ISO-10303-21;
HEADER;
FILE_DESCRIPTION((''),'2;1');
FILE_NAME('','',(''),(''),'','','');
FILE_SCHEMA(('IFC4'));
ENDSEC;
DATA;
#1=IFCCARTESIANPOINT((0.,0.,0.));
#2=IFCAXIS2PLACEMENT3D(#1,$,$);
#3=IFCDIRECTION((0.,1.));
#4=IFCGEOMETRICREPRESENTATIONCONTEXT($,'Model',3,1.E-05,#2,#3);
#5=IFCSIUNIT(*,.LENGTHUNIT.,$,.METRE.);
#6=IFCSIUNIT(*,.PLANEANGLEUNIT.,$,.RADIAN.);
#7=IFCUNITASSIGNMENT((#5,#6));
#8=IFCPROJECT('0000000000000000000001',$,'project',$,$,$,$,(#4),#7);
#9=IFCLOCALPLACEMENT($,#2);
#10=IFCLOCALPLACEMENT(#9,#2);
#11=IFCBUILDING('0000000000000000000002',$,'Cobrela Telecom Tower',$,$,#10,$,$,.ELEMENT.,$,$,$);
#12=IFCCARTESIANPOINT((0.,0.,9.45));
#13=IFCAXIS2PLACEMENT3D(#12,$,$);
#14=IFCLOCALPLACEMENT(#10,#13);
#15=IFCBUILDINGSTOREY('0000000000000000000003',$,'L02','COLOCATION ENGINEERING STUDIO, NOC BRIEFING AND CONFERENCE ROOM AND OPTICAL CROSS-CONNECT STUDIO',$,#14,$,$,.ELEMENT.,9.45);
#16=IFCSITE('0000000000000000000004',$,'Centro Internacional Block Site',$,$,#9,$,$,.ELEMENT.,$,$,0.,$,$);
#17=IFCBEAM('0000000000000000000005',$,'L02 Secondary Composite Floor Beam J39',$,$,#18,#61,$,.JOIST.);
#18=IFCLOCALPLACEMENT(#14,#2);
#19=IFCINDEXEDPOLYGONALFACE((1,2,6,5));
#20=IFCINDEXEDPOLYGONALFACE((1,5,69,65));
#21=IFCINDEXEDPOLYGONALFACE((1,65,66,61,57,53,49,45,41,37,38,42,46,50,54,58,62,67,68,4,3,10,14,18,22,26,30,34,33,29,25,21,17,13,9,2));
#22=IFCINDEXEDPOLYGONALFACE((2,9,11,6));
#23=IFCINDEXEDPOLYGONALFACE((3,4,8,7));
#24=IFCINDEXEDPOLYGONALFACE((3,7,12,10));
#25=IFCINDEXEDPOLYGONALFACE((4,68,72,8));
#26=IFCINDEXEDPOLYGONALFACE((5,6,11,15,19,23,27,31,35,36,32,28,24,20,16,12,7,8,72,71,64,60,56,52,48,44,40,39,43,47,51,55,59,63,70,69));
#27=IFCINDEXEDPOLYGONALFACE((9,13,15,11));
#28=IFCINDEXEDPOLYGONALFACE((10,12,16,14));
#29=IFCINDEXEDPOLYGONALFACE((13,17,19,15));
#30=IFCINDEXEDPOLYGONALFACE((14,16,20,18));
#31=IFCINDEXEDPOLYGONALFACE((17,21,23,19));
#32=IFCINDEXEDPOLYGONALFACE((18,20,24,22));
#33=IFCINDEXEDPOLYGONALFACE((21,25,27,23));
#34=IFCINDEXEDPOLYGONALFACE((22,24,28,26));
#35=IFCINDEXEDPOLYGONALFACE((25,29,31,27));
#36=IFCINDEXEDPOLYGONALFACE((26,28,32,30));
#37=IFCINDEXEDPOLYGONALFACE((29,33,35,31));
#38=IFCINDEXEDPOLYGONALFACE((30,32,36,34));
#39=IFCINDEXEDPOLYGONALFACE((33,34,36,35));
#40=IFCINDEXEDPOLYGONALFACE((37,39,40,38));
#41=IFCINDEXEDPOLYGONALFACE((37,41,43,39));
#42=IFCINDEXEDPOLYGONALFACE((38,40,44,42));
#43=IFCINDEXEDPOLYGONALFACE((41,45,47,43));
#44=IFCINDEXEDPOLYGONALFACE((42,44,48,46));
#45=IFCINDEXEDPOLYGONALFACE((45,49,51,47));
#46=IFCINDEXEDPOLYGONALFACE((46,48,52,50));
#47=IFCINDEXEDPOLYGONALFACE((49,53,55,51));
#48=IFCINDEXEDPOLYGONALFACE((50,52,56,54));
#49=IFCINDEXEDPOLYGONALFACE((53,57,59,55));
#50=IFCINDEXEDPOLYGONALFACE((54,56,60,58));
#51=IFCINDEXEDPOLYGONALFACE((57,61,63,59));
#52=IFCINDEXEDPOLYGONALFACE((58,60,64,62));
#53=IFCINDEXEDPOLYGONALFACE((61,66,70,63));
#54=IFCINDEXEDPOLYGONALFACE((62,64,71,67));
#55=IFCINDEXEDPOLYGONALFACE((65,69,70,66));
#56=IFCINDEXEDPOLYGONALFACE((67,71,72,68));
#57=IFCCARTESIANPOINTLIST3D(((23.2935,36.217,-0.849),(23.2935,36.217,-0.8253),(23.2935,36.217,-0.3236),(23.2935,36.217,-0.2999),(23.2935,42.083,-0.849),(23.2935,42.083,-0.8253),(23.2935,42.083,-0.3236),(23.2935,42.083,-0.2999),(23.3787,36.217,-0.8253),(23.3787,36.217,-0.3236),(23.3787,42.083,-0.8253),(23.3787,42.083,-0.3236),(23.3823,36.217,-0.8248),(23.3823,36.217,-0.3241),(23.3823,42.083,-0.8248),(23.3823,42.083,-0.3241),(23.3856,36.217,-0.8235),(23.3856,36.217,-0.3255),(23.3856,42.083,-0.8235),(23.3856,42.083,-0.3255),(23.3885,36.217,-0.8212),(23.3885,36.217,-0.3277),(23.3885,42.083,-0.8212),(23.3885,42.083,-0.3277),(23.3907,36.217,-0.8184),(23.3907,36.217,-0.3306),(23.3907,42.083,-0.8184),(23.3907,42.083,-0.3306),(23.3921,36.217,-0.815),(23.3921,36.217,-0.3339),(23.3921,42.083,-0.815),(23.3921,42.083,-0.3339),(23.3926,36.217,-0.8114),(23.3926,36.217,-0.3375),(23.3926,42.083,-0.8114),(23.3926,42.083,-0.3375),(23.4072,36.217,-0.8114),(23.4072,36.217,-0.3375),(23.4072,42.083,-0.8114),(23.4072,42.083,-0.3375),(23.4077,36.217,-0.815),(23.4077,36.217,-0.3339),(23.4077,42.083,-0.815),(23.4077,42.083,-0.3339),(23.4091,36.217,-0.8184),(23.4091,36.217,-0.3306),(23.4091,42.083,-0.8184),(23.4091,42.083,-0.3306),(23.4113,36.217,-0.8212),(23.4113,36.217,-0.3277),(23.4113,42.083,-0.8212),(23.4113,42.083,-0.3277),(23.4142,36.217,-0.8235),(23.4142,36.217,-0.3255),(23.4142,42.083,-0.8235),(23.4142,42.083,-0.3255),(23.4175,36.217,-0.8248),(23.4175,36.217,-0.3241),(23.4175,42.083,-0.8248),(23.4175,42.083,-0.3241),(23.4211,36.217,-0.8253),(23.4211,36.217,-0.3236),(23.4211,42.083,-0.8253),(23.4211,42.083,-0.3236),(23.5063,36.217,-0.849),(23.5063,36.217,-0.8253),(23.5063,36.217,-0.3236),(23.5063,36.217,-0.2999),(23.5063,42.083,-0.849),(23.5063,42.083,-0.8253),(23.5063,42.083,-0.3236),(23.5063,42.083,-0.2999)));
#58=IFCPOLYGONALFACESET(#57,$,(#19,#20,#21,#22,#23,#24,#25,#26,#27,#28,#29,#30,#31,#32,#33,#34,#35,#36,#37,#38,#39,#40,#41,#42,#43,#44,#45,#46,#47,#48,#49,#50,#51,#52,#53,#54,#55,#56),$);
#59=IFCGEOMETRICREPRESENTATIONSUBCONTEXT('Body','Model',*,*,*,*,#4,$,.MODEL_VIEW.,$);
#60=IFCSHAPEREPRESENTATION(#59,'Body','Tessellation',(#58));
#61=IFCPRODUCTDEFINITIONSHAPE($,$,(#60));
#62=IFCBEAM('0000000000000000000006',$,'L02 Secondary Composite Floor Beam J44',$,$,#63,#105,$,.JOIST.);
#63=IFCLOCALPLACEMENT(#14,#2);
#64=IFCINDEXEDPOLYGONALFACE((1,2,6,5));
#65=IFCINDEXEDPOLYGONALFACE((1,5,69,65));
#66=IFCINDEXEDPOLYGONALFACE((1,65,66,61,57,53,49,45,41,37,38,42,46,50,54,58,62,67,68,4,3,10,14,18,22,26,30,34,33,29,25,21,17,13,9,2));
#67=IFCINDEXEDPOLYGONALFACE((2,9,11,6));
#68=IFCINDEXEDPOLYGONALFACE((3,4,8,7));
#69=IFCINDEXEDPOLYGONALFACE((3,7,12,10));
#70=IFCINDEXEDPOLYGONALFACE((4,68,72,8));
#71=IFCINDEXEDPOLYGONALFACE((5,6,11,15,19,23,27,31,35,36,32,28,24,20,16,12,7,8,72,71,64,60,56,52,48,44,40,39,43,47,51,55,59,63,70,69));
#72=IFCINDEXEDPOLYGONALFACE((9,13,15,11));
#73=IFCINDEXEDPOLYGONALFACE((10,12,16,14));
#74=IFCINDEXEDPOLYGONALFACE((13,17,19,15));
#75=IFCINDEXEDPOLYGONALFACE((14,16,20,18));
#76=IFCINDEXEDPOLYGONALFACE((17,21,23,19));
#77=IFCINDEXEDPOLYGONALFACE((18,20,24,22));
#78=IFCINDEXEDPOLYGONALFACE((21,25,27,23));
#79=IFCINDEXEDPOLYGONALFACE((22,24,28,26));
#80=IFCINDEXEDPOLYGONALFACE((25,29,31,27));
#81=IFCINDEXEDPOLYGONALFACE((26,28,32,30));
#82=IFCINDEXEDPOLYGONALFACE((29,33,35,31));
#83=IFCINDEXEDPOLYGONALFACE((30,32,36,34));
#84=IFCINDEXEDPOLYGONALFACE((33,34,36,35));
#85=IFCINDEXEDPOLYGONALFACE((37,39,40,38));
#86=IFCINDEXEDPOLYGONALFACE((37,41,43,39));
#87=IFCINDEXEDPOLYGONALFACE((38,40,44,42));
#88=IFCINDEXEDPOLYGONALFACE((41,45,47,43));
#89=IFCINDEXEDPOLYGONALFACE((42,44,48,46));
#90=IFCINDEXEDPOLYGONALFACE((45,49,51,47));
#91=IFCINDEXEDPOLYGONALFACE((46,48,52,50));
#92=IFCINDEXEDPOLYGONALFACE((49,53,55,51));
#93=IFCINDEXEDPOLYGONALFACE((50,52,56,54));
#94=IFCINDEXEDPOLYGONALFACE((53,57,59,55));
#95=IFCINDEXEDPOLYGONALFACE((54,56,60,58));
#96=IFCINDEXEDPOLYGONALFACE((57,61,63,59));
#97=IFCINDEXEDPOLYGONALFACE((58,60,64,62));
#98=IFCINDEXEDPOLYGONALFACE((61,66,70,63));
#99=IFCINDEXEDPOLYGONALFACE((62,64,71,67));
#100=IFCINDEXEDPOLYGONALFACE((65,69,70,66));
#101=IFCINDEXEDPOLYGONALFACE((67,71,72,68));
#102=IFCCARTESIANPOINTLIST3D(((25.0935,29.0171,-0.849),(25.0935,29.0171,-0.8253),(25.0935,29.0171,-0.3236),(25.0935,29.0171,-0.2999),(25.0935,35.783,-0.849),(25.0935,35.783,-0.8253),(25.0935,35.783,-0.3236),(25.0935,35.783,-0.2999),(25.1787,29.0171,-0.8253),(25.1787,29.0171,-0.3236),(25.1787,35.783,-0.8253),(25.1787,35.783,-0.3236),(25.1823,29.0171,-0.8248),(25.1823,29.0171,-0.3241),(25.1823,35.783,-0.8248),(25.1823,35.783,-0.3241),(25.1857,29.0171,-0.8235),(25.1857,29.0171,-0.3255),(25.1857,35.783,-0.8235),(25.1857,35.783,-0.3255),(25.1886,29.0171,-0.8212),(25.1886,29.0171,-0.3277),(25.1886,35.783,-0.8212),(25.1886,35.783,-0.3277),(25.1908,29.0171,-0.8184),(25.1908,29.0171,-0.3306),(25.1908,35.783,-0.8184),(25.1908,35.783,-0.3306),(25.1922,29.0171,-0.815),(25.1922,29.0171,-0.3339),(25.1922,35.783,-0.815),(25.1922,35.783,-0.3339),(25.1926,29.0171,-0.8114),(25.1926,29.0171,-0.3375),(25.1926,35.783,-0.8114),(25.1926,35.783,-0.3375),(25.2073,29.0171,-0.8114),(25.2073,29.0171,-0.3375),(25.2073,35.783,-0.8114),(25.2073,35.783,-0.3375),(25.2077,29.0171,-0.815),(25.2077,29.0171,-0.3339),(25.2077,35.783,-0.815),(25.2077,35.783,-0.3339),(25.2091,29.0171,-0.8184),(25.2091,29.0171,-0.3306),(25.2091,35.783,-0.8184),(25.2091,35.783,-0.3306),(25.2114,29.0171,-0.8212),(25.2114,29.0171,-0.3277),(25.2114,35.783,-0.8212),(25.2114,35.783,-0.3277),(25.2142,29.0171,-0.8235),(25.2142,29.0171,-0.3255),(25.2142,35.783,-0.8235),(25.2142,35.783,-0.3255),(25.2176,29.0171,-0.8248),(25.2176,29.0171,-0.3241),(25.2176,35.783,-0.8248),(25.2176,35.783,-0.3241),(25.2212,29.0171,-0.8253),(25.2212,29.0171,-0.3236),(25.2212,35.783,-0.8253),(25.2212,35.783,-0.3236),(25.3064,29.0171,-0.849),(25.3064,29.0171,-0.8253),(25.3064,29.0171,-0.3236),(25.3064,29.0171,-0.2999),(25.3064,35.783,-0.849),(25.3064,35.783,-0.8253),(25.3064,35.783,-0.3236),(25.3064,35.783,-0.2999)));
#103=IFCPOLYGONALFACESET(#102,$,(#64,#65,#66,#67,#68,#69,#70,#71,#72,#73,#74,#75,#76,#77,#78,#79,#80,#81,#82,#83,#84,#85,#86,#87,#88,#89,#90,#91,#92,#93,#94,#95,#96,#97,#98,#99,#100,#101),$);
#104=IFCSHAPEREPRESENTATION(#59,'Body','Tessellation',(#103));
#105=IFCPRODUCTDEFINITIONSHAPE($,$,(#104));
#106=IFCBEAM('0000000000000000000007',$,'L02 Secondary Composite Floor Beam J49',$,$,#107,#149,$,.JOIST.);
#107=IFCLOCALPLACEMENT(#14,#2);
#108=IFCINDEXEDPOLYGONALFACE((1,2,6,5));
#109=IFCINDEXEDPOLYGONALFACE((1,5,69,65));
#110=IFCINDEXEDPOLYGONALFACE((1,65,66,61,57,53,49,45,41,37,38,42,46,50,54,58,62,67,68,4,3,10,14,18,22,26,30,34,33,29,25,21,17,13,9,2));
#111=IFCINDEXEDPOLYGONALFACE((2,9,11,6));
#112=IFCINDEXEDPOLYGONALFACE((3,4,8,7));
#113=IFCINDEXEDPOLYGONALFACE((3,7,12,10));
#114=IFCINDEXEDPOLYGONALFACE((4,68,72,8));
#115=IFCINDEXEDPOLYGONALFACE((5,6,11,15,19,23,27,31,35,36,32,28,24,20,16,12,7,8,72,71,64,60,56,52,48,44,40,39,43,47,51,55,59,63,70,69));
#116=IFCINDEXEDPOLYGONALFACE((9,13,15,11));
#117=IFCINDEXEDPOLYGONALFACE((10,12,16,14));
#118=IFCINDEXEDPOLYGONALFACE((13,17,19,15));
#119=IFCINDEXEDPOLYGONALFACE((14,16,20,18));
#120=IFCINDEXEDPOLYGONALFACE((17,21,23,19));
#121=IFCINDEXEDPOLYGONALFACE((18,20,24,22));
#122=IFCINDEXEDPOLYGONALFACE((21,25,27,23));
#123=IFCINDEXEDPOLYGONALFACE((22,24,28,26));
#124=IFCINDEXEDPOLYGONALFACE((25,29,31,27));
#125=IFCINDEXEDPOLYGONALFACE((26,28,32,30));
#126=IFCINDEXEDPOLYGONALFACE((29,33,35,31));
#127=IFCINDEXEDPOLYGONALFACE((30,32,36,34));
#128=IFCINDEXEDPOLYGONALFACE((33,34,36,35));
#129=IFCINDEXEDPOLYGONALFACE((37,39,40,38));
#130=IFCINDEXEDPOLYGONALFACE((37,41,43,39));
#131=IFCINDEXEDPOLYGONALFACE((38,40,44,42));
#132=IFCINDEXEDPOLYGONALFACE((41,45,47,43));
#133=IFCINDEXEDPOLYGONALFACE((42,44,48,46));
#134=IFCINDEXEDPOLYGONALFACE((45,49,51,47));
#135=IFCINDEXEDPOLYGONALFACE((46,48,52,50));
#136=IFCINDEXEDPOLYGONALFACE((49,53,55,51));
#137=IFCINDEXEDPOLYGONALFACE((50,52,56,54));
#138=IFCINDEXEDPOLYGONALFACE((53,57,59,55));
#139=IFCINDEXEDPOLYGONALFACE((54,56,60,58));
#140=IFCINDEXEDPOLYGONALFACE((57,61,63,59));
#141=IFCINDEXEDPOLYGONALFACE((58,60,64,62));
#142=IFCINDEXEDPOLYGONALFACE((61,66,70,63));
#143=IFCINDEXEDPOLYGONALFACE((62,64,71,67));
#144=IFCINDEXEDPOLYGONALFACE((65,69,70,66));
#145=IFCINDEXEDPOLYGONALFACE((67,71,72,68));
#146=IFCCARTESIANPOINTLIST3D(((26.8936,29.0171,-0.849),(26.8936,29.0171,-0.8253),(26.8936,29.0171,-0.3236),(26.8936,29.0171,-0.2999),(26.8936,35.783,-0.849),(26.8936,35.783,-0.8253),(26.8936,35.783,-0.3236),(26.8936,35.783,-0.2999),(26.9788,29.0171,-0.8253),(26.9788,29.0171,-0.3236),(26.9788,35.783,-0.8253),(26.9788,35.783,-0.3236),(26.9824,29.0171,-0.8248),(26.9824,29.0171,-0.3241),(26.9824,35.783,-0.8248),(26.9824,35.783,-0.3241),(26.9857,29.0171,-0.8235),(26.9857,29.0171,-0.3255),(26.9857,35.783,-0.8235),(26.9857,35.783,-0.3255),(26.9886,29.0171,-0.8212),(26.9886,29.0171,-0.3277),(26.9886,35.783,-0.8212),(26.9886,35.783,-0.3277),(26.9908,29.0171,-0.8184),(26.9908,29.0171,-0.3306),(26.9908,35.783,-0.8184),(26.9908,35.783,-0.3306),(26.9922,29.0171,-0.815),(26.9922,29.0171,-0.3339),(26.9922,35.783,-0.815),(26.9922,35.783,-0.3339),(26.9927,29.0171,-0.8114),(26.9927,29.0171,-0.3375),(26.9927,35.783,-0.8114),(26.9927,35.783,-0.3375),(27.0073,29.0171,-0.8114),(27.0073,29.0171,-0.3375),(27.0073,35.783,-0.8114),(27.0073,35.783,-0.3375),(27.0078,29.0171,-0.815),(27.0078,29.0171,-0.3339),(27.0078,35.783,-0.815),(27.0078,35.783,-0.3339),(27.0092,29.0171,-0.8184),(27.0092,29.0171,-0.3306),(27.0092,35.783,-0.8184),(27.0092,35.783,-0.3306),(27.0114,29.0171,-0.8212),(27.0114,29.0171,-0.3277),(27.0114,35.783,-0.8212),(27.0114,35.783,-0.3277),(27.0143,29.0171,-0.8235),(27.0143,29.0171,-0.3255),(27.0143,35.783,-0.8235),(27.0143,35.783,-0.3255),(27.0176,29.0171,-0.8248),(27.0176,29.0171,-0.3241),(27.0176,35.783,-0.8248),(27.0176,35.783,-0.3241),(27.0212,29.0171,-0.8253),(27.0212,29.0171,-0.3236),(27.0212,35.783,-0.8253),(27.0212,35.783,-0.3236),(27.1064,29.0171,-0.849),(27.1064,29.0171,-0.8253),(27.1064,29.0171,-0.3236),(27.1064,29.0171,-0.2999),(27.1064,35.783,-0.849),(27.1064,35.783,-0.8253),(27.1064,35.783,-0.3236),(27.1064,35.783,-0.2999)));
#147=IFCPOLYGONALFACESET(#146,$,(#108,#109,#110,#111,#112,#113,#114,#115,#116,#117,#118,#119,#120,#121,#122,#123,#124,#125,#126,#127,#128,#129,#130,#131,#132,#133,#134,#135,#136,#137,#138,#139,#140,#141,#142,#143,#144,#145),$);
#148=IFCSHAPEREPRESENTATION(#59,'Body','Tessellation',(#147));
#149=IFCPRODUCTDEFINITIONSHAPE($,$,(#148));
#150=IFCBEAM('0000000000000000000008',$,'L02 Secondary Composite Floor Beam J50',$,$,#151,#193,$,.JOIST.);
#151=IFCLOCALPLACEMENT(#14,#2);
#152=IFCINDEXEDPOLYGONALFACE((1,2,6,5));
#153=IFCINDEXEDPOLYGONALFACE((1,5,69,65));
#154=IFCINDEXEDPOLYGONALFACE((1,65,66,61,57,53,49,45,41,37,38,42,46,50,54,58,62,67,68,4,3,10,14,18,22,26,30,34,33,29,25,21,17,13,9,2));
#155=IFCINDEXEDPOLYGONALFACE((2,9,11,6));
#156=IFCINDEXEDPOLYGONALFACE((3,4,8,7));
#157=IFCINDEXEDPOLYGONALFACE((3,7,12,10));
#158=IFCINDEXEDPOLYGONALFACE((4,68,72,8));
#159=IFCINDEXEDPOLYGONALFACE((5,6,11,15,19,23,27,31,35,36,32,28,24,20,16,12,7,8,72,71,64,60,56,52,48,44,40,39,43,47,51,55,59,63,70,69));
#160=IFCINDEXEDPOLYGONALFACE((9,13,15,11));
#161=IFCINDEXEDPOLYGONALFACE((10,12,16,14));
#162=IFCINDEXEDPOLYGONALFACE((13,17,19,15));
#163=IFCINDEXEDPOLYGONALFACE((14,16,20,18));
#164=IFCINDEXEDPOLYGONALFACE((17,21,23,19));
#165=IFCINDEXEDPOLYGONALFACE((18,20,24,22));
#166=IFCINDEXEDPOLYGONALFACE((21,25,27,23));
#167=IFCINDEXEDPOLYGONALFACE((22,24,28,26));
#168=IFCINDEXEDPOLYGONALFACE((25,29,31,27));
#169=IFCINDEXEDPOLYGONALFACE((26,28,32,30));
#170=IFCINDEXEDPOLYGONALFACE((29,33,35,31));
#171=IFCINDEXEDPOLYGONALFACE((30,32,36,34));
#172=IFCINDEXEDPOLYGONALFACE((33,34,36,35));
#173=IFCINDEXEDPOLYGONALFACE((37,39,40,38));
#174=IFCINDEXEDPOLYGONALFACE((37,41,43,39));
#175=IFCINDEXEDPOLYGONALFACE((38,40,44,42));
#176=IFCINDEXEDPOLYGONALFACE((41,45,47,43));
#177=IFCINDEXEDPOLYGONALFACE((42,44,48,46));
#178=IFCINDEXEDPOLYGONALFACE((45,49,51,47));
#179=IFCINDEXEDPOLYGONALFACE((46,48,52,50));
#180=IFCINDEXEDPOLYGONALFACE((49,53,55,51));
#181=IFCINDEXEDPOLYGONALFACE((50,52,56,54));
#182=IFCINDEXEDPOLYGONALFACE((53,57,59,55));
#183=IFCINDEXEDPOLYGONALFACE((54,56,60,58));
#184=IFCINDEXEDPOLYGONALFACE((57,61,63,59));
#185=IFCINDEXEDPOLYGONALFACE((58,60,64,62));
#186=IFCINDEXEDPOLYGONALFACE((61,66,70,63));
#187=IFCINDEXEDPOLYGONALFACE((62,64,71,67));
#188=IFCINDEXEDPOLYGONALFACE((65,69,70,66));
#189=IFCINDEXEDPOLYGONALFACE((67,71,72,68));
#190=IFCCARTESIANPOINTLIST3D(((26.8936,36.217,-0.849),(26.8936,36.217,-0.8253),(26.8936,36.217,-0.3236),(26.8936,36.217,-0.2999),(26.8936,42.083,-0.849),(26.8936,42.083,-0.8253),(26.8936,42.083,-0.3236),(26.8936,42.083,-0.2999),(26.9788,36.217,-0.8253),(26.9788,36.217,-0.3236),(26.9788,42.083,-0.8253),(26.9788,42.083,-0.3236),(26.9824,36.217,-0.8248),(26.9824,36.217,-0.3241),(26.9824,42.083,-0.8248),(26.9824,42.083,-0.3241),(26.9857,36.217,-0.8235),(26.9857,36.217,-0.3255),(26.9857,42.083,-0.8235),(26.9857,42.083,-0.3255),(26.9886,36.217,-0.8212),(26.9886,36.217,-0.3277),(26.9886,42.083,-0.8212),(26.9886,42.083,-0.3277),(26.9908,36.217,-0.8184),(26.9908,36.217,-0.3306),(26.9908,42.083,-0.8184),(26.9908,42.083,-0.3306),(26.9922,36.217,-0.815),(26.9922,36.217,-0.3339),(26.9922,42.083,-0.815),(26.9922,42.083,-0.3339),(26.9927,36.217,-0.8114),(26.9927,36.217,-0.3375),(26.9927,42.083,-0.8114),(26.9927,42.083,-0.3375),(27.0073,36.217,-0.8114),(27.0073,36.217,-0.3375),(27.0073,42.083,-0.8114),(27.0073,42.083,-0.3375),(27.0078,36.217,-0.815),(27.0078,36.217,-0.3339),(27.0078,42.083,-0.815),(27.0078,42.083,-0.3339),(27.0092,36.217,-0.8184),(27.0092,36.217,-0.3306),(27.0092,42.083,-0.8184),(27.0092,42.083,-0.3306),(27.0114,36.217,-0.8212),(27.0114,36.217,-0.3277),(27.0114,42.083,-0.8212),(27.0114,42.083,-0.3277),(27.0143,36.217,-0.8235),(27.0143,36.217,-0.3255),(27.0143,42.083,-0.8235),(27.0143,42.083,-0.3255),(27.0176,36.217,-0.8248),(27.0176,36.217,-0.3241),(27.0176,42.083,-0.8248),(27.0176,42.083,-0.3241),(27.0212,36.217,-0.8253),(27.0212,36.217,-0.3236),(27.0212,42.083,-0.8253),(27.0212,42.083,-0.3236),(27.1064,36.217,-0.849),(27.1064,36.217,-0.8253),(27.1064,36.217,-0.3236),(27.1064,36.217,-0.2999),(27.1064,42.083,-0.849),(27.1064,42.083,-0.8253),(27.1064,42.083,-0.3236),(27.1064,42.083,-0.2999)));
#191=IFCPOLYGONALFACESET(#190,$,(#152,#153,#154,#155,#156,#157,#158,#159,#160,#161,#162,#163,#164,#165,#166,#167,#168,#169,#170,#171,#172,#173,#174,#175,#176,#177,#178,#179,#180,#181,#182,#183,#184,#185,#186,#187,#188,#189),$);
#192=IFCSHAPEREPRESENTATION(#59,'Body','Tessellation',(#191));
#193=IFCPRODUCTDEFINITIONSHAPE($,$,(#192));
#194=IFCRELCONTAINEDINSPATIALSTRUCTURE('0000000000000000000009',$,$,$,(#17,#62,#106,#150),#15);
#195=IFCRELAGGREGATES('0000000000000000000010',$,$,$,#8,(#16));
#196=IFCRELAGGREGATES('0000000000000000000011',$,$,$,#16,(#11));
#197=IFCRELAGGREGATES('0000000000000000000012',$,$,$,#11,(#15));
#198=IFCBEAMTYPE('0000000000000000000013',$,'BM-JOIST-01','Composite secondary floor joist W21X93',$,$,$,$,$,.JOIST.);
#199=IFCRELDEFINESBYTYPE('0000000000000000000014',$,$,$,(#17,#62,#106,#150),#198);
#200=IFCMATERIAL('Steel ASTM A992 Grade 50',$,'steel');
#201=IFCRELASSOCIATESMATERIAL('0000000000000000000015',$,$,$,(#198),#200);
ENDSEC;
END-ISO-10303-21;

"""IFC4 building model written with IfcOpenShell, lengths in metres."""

from ifc_helpers import new_model, si_unit, direction, frame, origin, origin_2d, place, context, subcontext, project, spatial, i_section, extrude, material, material_profile, profile_set, type_object, element, save


model = new_model("IFC4")

# Units and contexts
model_context = context("Model", 3, precision=1e-05, world=origin(), true_north=direction((0.0, 1.0)))
body_context = subcontext(model_context, "Body", "Model", "MODEL_VIEW")
ifc_project = project(units=[si_unit("LENGTHUNIT", "METRE"), si_unit("PLANEANGLEUNIT", "RADIAN")], contexts=[model_context])

# Site, building, storey
site_placement = place(None, origin())
site = spatial("IfcSite", under=ifc_project, at=site_placement, Name="Centro Internacional Block Site", CompositionType="ELEMENT", RefElevation=0.0)
building_placement = place(site_placement, origin())
building = spatial("IfcBuilding", under=site, at=building_placement, Name="Cobrela Telecom Tower", CompositionType="ELEMENT")
storey_placement = place(building_placement, frame((0.0, 0.0, 9.45)))
storey = spatial("IfcBuildingStorey", under=building, at=storey_placement, Name="L02", Description="COLOCATION ENGINEERING STUDIO, NOC BRIEFING AND CONFERENCE ROOM AND OPTICAL CROSS-CONNECT STUDIO", CompositionType="ELEMENT", Elevation=9.45)

# Beams
ifc_material_1 = material(Name="Steel ASTM A992 Grade 50", Category="steel")
ifc_material_profile_1 = material_profile(ifc_material_1, i_section(OverallWidth=0.2129, OverallDepth=0.5491, WebThickness=0.0146, FlangeThickness=0.0237, FilletRadius=0.0139, at=origin_2d()), Name="W21X93")
ifc_profile_set_1 = profile_set([ifc_material_profile_1], Name="Steel ASTM A992 Grade 50")
beam_type_1 = type_object("IfcBeamType", Name="BM-JOIST-01", Description="Composite secondary floor joist W21X93", PredefinedType="JOIST", material=ifc_profile_set_1)
beam_1_placement = place(storey_placement, frame((23.3999, 36.217, -0.5745), z_axis=(0.0, 1.0, 0.0), x_axis=(-1.0, 0.0, 0.0)))
element("IfcBeam", 1, at=beam_1_placement, inside=storey, type_object=beam_type_1, Name="L02 Secondary Composite Floor Beam J39", PredefinedType="JOIST", context=body_context, shape_type="SweptSolid", body=[
    extrude(i_section(OverallWidth=0.2129, OverallDepth=0.5491, WebThickness=0.0146, FlangeThickness=0.0237, FilletRadius=0.0139, at=origin_2d()), origin(), (0.0, 0.0, 1.0), 5.866),
])
for number, where, z_axis, x_axis, name in (
    (2, (25.2, 29.0171, -0.5745), (0.0, 1.0, 0.0), (-1.0, 0.0, 0.0), "L02 Secondary Composite Floor Beam J44"),
    (3, (27.0, 29.0171, -0.5745), (0.0, 1.0, 0.0), (-1.0, 0.0, 0.0), "L02 Secondary Composite Floor Beam J49"),
):
    element("IfcBeam", number, at=place(storey_placement, frame(where, z_axis=z_axis, x_axis=x_axis)), inside=storey, type_object=beam_type_1, Name=name, PredefinedType="JOIST", context=body_context, shape_type="SweptSolid", body=[
        extrude(i_section(OverallWidth=0.2129, OverallDepth=0.5491, WebThickness=0.0146, FlangeThickness=0.0237, FilletRadius=0.0139, at=origin_2d()), origin(), (0.0, 0.0, 1.0), 6.7659),
    ])
beam_2_placement = place(storey_placement, frame((27.0, 36.217, -0.5745), z_axis=(0.0, 1.0, 0.0), x_axis=(-1.0, 0.0, 0.0)))
element("IfcBeam", 4, at=beam_2_placement, inside=storey, type_object=beam_type_1, Name="L02 Secondary Composite Floor Beam J50", PredefinedType="JOIST", context=body_context, shape_type="SweptSolid", body=[
    extrude(i_section(OverallWidth=0.2129, OverallDepth=0.5491, WebThickness=0.0146, FlangeThickness=0.0237, FilletRadius=0.0139, at=origin_2d()), origin(), (0.0, 0.0, 1.0), 5.866),
])

save(model, "model.ifc")
